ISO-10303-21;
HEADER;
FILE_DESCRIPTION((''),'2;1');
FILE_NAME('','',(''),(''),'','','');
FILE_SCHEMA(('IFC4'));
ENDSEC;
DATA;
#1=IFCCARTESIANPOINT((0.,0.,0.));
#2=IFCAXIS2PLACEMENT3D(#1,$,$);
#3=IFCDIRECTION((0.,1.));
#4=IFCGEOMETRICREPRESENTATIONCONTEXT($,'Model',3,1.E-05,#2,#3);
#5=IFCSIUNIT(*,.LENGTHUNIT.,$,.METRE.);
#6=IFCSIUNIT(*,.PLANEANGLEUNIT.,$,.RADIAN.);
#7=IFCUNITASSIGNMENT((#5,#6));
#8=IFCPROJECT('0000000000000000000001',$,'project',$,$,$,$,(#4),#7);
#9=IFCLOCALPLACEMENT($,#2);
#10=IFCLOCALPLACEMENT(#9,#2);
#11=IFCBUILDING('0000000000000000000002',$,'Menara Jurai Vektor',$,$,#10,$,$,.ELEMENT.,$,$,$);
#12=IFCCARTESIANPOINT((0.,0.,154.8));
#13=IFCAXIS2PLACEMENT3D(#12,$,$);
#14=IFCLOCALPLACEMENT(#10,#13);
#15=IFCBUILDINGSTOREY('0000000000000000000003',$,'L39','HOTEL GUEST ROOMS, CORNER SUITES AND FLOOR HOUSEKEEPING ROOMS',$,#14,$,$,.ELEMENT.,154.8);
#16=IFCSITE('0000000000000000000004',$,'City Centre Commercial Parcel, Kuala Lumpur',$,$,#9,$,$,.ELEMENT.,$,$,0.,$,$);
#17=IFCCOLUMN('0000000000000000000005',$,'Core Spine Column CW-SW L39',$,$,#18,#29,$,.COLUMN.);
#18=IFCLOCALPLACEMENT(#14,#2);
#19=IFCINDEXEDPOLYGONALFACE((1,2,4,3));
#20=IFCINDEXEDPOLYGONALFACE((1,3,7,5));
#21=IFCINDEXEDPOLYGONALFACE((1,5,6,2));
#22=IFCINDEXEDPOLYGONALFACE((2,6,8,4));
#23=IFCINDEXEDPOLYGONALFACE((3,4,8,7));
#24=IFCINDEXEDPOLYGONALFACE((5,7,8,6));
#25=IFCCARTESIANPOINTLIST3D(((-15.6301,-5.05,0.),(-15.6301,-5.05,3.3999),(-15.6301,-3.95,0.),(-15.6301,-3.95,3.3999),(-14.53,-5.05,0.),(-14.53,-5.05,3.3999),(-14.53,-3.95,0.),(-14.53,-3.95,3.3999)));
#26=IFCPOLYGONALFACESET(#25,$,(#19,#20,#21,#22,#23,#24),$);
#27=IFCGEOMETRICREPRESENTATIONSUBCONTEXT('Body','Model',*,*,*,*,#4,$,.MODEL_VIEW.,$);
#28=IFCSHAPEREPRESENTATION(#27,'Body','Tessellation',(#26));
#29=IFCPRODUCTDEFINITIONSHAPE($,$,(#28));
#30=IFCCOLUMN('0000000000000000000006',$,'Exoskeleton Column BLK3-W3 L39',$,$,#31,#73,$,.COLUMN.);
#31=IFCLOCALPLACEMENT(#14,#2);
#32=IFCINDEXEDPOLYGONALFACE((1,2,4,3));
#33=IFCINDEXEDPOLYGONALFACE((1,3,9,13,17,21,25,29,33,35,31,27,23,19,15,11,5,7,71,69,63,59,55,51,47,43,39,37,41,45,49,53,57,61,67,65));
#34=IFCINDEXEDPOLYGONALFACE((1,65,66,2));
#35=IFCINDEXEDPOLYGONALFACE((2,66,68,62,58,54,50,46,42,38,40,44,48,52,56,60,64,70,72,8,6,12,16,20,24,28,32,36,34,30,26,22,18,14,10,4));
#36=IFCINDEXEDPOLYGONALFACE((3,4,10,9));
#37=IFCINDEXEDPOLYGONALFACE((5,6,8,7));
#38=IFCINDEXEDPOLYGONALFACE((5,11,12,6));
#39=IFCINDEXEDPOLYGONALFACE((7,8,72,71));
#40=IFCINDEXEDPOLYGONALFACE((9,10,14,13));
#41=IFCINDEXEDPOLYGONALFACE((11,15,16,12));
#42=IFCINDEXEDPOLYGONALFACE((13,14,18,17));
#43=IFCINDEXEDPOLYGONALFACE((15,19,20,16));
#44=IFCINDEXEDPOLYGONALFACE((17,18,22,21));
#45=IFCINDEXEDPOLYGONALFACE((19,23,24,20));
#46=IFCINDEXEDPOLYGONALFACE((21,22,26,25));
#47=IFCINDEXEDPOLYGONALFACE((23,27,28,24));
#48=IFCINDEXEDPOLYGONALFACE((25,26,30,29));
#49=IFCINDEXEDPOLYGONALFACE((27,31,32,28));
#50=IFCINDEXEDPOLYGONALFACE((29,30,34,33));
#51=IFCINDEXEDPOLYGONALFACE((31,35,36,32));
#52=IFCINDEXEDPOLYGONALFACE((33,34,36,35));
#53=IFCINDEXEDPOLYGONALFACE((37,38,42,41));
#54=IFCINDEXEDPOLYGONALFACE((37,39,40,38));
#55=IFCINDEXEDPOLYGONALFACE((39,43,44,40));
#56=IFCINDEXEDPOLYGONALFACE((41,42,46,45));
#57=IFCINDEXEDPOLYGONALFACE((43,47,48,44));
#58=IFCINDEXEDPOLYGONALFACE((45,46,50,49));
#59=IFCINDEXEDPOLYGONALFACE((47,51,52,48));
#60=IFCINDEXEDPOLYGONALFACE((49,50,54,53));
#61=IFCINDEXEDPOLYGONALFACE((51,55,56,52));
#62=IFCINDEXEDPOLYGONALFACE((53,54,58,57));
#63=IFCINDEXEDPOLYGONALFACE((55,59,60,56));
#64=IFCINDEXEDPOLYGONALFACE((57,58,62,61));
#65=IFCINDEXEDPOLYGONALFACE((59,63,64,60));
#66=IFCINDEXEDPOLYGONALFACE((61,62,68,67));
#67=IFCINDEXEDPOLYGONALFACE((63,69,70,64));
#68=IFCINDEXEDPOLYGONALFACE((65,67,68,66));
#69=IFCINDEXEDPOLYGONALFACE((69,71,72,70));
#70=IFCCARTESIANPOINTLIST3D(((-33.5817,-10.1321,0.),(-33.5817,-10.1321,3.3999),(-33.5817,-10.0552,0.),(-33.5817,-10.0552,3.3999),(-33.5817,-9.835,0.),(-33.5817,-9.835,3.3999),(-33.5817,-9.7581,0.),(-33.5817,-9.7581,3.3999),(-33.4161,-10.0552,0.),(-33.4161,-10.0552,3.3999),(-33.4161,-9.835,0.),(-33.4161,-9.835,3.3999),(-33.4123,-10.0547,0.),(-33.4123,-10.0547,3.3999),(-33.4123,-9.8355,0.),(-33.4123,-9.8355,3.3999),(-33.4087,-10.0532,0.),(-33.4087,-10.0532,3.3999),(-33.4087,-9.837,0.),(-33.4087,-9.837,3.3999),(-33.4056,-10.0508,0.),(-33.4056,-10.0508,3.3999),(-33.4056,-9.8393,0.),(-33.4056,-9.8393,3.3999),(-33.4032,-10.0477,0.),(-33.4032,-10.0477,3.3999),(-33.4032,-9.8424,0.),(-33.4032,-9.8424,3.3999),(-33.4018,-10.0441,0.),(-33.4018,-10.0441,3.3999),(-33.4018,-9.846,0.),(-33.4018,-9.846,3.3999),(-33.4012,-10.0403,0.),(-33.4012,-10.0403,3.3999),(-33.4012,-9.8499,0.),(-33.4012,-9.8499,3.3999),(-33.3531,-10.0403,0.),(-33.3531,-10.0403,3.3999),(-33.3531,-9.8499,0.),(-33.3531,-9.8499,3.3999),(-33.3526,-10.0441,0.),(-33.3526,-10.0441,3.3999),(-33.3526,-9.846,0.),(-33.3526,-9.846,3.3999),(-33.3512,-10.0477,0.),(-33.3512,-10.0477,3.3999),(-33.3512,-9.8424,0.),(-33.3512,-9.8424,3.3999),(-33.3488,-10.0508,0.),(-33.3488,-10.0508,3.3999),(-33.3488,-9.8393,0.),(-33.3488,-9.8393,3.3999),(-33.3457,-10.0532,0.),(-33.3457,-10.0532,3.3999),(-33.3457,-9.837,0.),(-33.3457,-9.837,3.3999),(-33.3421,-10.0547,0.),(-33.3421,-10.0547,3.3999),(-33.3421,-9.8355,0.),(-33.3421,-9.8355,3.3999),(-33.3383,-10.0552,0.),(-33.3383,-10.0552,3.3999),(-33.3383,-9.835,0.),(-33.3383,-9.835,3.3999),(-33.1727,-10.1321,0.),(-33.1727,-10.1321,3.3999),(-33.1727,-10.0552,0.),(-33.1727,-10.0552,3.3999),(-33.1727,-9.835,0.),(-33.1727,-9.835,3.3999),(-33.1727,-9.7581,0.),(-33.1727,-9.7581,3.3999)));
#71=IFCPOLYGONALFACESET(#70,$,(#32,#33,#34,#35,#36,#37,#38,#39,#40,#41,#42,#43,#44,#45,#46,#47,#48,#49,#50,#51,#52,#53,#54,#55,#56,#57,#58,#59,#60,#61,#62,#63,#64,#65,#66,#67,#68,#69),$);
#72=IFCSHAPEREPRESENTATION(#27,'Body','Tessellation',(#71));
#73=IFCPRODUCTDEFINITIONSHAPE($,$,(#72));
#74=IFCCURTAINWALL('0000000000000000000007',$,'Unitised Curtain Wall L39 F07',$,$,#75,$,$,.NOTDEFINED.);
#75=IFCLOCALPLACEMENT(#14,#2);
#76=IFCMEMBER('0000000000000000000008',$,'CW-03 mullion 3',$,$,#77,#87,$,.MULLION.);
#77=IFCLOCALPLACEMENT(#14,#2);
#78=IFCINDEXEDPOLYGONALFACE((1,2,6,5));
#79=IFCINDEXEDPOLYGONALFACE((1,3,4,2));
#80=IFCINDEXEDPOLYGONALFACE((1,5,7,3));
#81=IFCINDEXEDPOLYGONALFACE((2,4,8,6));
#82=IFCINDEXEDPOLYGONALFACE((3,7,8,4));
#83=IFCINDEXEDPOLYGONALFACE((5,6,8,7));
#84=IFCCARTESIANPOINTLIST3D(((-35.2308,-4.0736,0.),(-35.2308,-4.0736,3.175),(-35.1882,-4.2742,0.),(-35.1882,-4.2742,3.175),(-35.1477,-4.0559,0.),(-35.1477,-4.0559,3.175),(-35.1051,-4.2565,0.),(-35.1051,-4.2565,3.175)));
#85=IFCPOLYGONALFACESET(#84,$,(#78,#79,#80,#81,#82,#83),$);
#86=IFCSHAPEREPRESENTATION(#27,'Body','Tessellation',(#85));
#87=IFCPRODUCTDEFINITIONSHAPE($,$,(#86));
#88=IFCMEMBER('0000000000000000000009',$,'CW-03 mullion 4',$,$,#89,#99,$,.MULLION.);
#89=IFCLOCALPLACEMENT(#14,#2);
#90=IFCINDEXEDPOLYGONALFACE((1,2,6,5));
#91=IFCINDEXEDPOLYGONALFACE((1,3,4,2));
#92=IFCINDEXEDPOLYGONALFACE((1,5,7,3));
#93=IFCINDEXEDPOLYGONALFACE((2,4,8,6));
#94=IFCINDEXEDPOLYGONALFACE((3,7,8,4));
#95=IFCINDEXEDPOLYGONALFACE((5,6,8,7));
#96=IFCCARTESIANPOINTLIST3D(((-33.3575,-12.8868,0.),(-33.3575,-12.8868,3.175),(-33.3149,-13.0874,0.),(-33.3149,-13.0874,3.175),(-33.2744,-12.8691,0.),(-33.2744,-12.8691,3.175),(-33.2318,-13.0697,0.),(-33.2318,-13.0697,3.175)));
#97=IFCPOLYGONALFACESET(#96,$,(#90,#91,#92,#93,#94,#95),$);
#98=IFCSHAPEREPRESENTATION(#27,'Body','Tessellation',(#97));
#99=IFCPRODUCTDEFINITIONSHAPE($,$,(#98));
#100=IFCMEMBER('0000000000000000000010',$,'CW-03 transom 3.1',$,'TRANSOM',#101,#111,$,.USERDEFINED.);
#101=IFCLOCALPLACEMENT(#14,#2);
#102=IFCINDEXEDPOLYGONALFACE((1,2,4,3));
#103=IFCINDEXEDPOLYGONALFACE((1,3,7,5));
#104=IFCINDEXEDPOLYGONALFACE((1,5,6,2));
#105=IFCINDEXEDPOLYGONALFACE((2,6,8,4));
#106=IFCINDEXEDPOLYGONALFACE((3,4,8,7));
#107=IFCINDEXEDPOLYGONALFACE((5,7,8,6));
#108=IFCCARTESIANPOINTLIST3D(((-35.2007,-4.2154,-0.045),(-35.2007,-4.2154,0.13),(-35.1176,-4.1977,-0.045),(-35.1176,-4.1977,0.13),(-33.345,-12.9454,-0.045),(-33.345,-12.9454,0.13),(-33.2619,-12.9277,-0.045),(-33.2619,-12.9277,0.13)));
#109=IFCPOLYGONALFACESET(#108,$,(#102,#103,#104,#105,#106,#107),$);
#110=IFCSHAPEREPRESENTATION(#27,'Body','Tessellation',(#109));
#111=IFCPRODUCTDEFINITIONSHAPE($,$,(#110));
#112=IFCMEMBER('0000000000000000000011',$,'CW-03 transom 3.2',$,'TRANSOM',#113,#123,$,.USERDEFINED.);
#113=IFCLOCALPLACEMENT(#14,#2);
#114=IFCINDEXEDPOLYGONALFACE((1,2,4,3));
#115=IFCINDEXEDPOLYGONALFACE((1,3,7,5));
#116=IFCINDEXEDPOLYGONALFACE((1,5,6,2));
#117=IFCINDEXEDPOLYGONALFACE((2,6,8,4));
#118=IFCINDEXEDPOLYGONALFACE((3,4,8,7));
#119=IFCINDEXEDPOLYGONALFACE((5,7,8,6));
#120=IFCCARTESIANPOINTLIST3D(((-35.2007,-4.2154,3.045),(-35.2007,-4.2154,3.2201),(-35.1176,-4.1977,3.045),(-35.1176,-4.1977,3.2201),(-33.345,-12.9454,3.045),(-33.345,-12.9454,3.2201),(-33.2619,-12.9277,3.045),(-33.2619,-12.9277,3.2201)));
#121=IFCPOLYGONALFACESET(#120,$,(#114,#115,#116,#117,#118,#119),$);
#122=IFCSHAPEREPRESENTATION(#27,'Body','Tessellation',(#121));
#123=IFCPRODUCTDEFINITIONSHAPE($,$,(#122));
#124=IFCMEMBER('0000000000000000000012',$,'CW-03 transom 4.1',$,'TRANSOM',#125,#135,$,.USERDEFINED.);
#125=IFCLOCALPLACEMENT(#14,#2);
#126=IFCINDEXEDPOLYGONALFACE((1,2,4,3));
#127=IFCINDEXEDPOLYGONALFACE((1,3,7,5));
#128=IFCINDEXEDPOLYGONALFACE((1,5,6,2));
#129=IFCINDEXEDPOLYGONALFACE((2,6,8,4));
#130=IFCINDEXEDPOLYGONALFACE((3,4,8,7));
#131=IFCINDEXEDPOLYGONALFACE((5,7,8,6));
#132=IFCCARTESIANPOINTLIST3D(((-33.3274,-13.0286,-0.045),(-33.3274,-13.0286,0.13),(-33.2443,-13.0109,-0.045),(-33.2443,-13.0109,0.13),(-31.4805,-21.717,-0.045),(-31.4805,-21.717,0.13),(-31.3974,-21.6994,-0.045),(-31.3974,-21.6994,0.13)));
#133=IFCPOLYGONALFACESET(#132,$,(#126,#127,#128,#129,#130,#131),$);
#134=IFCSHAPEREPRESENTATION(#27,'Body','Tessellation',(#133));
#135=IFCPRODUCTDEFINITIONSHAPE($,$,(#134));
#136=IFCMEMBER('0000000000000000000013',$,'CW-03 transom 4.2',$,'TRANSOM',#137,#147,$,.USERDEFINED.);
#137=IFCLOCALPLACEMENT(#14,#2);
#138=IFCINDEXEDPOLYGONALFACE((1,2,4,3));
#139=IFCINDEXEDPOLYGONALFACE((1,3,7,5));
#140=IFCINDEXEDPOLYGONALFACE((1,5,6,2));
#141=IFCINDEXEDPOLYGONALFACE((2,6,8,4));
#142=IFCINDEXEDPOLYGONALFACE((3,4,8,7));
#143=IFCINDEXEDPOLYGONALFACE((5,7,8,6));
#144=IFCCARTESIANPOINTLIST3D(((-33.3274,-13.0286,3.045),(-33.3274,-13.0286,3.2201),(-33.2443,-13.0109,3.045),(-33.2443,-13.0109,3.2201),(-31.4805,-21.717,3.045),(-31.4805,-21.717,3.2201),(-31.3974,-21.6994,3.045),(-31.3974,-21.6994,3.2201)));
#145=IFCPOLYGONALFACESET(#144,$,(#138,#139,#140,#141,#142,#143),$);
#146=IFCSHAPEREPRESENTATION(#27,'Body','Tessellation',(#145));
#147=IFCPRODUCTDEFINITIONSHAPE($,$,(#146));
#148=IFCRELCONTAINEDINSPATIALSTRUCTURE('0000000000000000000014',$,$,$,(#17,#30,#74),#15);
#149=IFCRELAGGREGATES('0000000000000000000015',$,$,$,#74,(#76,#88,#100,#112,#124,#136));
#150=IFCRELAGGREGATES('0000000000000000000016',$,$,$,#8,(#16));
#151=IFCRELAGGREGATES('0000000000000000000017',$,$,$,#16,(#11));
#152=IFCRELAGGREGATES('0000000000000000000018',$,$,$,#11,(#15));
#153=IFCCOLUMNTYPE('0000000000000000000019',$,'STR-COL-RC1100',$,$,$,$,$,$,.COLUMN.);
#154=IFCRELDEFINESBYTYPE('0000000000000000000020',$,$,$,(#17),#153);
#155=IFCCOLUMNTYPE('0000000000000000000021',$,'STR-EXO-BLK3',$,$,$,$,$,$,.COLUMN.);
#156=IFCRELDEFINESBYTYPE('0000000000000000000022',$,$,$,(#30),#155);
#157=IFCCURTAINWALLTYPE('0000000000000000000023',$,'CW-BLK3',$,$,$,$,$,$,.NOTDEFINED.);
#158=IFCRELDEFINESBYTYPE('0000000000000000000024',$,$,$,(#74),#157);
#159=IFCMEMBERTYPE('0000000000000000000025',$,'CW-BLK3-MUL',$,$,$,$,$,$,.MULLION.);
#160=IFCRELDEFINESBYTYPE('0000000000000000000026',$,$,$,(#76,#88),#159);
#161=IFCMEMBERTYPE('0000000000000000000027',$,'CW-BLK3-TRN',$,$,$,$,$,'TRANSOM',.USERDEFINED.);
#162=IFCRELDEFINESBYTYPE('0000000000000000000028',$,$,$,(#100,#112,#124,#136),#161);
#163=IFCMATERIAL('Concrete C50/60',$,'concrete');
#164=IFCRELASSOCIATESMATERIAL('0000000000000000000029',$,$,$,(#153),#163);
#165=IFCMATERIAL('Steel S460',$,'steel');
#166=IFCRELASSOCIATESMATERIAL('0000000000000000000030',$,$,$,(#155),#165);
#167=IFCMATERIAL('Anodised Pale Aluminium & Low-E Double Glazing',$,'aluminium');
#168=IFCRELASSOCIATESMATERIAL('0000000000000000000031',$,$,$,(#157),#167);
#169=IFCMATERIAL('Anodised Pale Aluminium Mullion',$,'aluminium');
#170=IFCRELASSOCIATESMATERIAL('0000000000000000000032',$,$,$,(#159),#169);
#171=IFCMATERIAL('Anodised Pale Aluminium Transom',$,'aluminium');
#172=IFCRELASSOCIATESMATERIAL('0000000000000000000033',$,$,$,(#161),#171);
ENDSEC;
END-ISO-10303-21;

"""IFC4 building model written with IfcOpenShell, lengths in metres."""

from ifc_helpers import new_model, si_unit, direction, frame, origin, origin_2d, place, context, subcontext, project, spatial, rectangle, i_section, extrude, material, material_profile, profile_set, type_object, element, aggregate, save


model = new_model("IFC4")

# Units and contexts
model_context = context("Model", 3, precision=1e-05, world=origin(), true_north=direction((0.0, 1.0)))
body_context = subcontext(model_context, "Body", "Model", "MODEL_VIEW")
ifc_project = project(units=[si_unit("LENGTHUNIT", "METRE"), si_unit("PLANEANGLEUNIT", "RADIAN")], contexts=[model_context])

# Site, building, storey
site_placement = place(None, origin())
site = spatial("IfcSite", under=ifc_project, at=site_placement, Name="City Centre Commercial Parcel, Kuala Lumpur", CompositionType="ELEMENT", RefElevation=0.0)
building_placement = place(site_placement, origin())
building = spatial("IfcBuilding", under=site, at=building_placement, Name="Menara Jurai Vektor", CompositionType="ELEMENT")
storey_placement = place(building_placement, frame((0.0, 0.0, 154.8)))
storey = spatial("IfcBuildingStorey", under=building, at=storey_placement, Name="L39", Description="HOTEL GUEST ROOMS, CORNER SUITES AND FLOOR HOUSEKEEPING ROOMS", CompositionType="ELEMENT", Elevation=154.8)

# Columns
ifc_material_1 = material(Name="Concrete C50/60", Category="concrete")
ifc_material_profile_1 = material_profile(ifc_material_1, rectangle(XDim=1.1001, YDim=1.1001, at=origin_2d()), Name="RC 1100x1100")
ifc_profile_set_1 = profile_set([ifc_material_profile_1], Name="Concrete C50/60")
column_type_1 = type_object("IfcColumnType", Name="STR-COL-RC1100", PredefinedType="COLUMN", material=ifc_profile_set_1)
column_1_placement = place(storey_placement, frame((-15.0801, -4.5, 0.0), z_axis=(0.0, 0.0, 1.0), x_axis=(1.0, 0.0, 0.0)))
element("IfcColumn", 1, at=column_1_placement, inside=storey, type_object=column_type_1, Name="Core Spine Column CW-SW L39", PredefinedType="COLUMN", context=body_context, shape_type="SweptSolid", body=[
    extrude(rectangle(XDim=1.1001, YDim=1.1001, at=origin_2d()), origin(), (0.0, 0.0, 1.0), 3.3999),
])
ifc_material_2 = material(Name="Steel S460", Category="steel")
ifc_material_profile_2 = material_profile(ifc_material_2, i_section(OverallWidth=0.4089, OverallDepth=0.374, WebThickness=0.0481, FlangeThickness=0.0769, FilletRadius=0.0149, at=origin_2d()), Name="HD 400x634")
ifc_profile_set_2 = profile_set([ifc_material_profile_2], Name="Steel S460")
column_type_2 = type_object("IfcColumnType", Name="STR-EXO-BLK3", PredefinedType="COLUMN", material=ifc_profile_set_2)
column_2_placement = place(storey_placement, frame((-33.3772, -9.9451, 0.0), z_axis=(0.0, 0.0, 1.0), x_axis=(1.0, 0.0, 0.0)))
element("IfcColumn", 2, at=column_2_placement, inside=storey, type_object=column_type_2, Name="Exoskeleton Column BLK3-W3 L39", PredefinedType="COLUMN", context=body_context, shape_type="SweptSolid", body=[
    extrude(i_section(OverallWidth=0.4089, OverallDepth=0.374, WebThickness=0.0481, FlangeThickness=0.0769, FilletRadius=0.0149, at=origin_2d()), origin(), (0.0, 0.0, 1.0), 3.3999),
])

# Curtain wall, members
ifc_material_3 = material(Name="Anodised Pale Aluminium & Low-E Double Glazing", Category="aluminium")
curtain_wall_type = type_object("IfcCurtainWallType", Name="CW-BLK3", PredefinedType="NOTDEFINED", material=ifc_material_3)
curtain_wall_placement = place(storey_placement, origin())
curtain_wall = element("IfcCurtainWall", 3, at=curtain_wall_placement, inside=storey, type_object=curtain_wall_type, Name="Unitised Curtain Wall L39 F07", PredefinedType="NOTDEFINED")
ifc_material_4 = material(Name="Anodised Pale Aluminium Mullion", Category="aluminium")
ifc_material_profile_3 = material_profile(ifc_material_4, rectangle(XDim=0.085, YDim=0.2051, at=origin_2d()), Name="ALU MUL 85x205")
ifc_profile_set_3 = profile_set([ifc_material_profile_3], Name="Anodised Pale Aluminium Mullion")
member_type_1 = type_object("IfcMemberType", Name="CW-BLK3-MUL", PredefinedType="MULLION", material=ifc_profile_set_3)
member_1_placement = place(storey_placement, frame((-35.168, -4.165, 0.0), z_axis=(0.0, 0.0, 1.0), x_axis=(0.978148, 0.20791, 0.0)))
member_1 = element("IfcMember", 4, at=member_1_placement, type_object=member_type_1, Name="CW-03 mullion 3", PredefinedType="MULLION", context=body_context, shape_type="SweptSolid", body=[
    extrude(rectangle(XDim=0.085, YDim=0.2051, at=origin_2d()), origin(), (0.0, 0.0, 1.0), 3.175),
])
member_2_placement = place(storey_placement, frame((-33.2947, -12.9783, 0.0), z_axis=(0.0, 0.0, 1.0), x_axis=(0.978148, 0.20791, 0.0)))
member_2 = element("IfcMember", 5, at=member_2_placement, type_object=member_type_1, Name="CW-03 mullion 4", PredefinedType="MULLION", context=body_context, shape_type="SweptSolid", body=[
    extrude(rectangle(XDim=0.085, YDim=0.2051, at=origin_2d()), origin(), (0.0, 0.0, 1.0), 3.175),
])
ifc_material_5 = material(Name="Anodised Pale Aluminium Transom", Category="aluminium")
ifc_material_profile_4 = material_profile(ifc_material_5, rectangle(XDim=0.085, YDim=0.175, at=origin_2d()), Name="ALU TRN 85x175")
ifc_profile_set_4 = profile_set([ifc_material_profile_4], Name="Anodised Pale Aluminium Transom")
member_type_2 = type_object("IfcMemberType", Name="CW-BLK3-TRN", ElementType="TRANSOM", PredefinedType="USERDEFINED", material=ifc_profile_set_4)
member_3_placement = place(storey_placement, frame((-35.1592, -4.2065, 0.0425), z_axis=(0.207922, -0.978145, 0.0), x_axis=(0.978145, 0.207922, 0.0)))
member_3 = element("IfcMember", 6, at=member_3_placement, type_object=member_type_2, Name="CW-03 transom 3.1", ObjectType="TRANSOM", PredefinedType="USERDEFINED", context=body_context, shape_type="SweptSolid", body=[
    extrude(rectangle(XDim=0.085, YDim=0.175, at=origin_2d()), origin(), (0.0, 0.0, 1.0), 8.925),
])
member_4_placement = place(storey_placement, frame((-35.1592, -4.2065, 3.1326), z_axis=(0.207922, -0.978145, 0.0), x_axis=(0.978145, 0.207922, 0.0)))
member_4 = element("IfcMember", 7, at=member_4_placement, type_object=member_type_2, Name="CW-03 transom 3.2", ObjectType="TRANSOM", PredefinedType="USERDEFINED", context=body_context, shape_type="SweptSolid", body=[
    extrude(rectangle(XDim=0.085, YDim=0.175, at=origin_2d()), origin(), (0.0, 0.0, 1.0), 8.925),
])
member_5_placement = place(storey_placement, frame((-33.2859, -13.0198, 0.0425), z_axis=(0.207926, -0.978145, 0.0), x_axis=(0.978145, 0.207926, 0.0)))
member_5 = element("IfcMember", 8, at=member_5_placement, type_object=member_type_2, Name="CW-03 transom 4.1", ObjectType="TRANSOM", PredefinedType="USERDEFINED", context=body_context, shape_type="SweptSolid", body=[
    extrude(rectangle(XDim=0.085, YDim=0.175, at=origin_2d()), origin(), (0.0, 0.0, 1.0), 8.8826),
])
member_6_placement = place(storey_placement, frame((-33.2859, -13.0198, 3.1326), z_axis=(0.207926, -0.978145, 0.0), x_axis=(0.978145, 0.207926, 0.0)))
member_6 = element("IfcMember", 9, at=member_6_placement, type_object=member_type_2, Name="CW-03 transom 4.2", ObjectType="TRANSOM", PredefinedType="USERDEFINED", context=body_context, shape_type="SweptSolid", body=[
    extrude(rectangle(XDim=0.085, YDim=0.175, at=origin_2d()), origin(), (0.0, 0.0, 1.0), 8.8826),
])

aggregate(curtain_wall, [member_1, member_2, member_3, member_4, member_5, member_6])

save(model, "model.ifc")
